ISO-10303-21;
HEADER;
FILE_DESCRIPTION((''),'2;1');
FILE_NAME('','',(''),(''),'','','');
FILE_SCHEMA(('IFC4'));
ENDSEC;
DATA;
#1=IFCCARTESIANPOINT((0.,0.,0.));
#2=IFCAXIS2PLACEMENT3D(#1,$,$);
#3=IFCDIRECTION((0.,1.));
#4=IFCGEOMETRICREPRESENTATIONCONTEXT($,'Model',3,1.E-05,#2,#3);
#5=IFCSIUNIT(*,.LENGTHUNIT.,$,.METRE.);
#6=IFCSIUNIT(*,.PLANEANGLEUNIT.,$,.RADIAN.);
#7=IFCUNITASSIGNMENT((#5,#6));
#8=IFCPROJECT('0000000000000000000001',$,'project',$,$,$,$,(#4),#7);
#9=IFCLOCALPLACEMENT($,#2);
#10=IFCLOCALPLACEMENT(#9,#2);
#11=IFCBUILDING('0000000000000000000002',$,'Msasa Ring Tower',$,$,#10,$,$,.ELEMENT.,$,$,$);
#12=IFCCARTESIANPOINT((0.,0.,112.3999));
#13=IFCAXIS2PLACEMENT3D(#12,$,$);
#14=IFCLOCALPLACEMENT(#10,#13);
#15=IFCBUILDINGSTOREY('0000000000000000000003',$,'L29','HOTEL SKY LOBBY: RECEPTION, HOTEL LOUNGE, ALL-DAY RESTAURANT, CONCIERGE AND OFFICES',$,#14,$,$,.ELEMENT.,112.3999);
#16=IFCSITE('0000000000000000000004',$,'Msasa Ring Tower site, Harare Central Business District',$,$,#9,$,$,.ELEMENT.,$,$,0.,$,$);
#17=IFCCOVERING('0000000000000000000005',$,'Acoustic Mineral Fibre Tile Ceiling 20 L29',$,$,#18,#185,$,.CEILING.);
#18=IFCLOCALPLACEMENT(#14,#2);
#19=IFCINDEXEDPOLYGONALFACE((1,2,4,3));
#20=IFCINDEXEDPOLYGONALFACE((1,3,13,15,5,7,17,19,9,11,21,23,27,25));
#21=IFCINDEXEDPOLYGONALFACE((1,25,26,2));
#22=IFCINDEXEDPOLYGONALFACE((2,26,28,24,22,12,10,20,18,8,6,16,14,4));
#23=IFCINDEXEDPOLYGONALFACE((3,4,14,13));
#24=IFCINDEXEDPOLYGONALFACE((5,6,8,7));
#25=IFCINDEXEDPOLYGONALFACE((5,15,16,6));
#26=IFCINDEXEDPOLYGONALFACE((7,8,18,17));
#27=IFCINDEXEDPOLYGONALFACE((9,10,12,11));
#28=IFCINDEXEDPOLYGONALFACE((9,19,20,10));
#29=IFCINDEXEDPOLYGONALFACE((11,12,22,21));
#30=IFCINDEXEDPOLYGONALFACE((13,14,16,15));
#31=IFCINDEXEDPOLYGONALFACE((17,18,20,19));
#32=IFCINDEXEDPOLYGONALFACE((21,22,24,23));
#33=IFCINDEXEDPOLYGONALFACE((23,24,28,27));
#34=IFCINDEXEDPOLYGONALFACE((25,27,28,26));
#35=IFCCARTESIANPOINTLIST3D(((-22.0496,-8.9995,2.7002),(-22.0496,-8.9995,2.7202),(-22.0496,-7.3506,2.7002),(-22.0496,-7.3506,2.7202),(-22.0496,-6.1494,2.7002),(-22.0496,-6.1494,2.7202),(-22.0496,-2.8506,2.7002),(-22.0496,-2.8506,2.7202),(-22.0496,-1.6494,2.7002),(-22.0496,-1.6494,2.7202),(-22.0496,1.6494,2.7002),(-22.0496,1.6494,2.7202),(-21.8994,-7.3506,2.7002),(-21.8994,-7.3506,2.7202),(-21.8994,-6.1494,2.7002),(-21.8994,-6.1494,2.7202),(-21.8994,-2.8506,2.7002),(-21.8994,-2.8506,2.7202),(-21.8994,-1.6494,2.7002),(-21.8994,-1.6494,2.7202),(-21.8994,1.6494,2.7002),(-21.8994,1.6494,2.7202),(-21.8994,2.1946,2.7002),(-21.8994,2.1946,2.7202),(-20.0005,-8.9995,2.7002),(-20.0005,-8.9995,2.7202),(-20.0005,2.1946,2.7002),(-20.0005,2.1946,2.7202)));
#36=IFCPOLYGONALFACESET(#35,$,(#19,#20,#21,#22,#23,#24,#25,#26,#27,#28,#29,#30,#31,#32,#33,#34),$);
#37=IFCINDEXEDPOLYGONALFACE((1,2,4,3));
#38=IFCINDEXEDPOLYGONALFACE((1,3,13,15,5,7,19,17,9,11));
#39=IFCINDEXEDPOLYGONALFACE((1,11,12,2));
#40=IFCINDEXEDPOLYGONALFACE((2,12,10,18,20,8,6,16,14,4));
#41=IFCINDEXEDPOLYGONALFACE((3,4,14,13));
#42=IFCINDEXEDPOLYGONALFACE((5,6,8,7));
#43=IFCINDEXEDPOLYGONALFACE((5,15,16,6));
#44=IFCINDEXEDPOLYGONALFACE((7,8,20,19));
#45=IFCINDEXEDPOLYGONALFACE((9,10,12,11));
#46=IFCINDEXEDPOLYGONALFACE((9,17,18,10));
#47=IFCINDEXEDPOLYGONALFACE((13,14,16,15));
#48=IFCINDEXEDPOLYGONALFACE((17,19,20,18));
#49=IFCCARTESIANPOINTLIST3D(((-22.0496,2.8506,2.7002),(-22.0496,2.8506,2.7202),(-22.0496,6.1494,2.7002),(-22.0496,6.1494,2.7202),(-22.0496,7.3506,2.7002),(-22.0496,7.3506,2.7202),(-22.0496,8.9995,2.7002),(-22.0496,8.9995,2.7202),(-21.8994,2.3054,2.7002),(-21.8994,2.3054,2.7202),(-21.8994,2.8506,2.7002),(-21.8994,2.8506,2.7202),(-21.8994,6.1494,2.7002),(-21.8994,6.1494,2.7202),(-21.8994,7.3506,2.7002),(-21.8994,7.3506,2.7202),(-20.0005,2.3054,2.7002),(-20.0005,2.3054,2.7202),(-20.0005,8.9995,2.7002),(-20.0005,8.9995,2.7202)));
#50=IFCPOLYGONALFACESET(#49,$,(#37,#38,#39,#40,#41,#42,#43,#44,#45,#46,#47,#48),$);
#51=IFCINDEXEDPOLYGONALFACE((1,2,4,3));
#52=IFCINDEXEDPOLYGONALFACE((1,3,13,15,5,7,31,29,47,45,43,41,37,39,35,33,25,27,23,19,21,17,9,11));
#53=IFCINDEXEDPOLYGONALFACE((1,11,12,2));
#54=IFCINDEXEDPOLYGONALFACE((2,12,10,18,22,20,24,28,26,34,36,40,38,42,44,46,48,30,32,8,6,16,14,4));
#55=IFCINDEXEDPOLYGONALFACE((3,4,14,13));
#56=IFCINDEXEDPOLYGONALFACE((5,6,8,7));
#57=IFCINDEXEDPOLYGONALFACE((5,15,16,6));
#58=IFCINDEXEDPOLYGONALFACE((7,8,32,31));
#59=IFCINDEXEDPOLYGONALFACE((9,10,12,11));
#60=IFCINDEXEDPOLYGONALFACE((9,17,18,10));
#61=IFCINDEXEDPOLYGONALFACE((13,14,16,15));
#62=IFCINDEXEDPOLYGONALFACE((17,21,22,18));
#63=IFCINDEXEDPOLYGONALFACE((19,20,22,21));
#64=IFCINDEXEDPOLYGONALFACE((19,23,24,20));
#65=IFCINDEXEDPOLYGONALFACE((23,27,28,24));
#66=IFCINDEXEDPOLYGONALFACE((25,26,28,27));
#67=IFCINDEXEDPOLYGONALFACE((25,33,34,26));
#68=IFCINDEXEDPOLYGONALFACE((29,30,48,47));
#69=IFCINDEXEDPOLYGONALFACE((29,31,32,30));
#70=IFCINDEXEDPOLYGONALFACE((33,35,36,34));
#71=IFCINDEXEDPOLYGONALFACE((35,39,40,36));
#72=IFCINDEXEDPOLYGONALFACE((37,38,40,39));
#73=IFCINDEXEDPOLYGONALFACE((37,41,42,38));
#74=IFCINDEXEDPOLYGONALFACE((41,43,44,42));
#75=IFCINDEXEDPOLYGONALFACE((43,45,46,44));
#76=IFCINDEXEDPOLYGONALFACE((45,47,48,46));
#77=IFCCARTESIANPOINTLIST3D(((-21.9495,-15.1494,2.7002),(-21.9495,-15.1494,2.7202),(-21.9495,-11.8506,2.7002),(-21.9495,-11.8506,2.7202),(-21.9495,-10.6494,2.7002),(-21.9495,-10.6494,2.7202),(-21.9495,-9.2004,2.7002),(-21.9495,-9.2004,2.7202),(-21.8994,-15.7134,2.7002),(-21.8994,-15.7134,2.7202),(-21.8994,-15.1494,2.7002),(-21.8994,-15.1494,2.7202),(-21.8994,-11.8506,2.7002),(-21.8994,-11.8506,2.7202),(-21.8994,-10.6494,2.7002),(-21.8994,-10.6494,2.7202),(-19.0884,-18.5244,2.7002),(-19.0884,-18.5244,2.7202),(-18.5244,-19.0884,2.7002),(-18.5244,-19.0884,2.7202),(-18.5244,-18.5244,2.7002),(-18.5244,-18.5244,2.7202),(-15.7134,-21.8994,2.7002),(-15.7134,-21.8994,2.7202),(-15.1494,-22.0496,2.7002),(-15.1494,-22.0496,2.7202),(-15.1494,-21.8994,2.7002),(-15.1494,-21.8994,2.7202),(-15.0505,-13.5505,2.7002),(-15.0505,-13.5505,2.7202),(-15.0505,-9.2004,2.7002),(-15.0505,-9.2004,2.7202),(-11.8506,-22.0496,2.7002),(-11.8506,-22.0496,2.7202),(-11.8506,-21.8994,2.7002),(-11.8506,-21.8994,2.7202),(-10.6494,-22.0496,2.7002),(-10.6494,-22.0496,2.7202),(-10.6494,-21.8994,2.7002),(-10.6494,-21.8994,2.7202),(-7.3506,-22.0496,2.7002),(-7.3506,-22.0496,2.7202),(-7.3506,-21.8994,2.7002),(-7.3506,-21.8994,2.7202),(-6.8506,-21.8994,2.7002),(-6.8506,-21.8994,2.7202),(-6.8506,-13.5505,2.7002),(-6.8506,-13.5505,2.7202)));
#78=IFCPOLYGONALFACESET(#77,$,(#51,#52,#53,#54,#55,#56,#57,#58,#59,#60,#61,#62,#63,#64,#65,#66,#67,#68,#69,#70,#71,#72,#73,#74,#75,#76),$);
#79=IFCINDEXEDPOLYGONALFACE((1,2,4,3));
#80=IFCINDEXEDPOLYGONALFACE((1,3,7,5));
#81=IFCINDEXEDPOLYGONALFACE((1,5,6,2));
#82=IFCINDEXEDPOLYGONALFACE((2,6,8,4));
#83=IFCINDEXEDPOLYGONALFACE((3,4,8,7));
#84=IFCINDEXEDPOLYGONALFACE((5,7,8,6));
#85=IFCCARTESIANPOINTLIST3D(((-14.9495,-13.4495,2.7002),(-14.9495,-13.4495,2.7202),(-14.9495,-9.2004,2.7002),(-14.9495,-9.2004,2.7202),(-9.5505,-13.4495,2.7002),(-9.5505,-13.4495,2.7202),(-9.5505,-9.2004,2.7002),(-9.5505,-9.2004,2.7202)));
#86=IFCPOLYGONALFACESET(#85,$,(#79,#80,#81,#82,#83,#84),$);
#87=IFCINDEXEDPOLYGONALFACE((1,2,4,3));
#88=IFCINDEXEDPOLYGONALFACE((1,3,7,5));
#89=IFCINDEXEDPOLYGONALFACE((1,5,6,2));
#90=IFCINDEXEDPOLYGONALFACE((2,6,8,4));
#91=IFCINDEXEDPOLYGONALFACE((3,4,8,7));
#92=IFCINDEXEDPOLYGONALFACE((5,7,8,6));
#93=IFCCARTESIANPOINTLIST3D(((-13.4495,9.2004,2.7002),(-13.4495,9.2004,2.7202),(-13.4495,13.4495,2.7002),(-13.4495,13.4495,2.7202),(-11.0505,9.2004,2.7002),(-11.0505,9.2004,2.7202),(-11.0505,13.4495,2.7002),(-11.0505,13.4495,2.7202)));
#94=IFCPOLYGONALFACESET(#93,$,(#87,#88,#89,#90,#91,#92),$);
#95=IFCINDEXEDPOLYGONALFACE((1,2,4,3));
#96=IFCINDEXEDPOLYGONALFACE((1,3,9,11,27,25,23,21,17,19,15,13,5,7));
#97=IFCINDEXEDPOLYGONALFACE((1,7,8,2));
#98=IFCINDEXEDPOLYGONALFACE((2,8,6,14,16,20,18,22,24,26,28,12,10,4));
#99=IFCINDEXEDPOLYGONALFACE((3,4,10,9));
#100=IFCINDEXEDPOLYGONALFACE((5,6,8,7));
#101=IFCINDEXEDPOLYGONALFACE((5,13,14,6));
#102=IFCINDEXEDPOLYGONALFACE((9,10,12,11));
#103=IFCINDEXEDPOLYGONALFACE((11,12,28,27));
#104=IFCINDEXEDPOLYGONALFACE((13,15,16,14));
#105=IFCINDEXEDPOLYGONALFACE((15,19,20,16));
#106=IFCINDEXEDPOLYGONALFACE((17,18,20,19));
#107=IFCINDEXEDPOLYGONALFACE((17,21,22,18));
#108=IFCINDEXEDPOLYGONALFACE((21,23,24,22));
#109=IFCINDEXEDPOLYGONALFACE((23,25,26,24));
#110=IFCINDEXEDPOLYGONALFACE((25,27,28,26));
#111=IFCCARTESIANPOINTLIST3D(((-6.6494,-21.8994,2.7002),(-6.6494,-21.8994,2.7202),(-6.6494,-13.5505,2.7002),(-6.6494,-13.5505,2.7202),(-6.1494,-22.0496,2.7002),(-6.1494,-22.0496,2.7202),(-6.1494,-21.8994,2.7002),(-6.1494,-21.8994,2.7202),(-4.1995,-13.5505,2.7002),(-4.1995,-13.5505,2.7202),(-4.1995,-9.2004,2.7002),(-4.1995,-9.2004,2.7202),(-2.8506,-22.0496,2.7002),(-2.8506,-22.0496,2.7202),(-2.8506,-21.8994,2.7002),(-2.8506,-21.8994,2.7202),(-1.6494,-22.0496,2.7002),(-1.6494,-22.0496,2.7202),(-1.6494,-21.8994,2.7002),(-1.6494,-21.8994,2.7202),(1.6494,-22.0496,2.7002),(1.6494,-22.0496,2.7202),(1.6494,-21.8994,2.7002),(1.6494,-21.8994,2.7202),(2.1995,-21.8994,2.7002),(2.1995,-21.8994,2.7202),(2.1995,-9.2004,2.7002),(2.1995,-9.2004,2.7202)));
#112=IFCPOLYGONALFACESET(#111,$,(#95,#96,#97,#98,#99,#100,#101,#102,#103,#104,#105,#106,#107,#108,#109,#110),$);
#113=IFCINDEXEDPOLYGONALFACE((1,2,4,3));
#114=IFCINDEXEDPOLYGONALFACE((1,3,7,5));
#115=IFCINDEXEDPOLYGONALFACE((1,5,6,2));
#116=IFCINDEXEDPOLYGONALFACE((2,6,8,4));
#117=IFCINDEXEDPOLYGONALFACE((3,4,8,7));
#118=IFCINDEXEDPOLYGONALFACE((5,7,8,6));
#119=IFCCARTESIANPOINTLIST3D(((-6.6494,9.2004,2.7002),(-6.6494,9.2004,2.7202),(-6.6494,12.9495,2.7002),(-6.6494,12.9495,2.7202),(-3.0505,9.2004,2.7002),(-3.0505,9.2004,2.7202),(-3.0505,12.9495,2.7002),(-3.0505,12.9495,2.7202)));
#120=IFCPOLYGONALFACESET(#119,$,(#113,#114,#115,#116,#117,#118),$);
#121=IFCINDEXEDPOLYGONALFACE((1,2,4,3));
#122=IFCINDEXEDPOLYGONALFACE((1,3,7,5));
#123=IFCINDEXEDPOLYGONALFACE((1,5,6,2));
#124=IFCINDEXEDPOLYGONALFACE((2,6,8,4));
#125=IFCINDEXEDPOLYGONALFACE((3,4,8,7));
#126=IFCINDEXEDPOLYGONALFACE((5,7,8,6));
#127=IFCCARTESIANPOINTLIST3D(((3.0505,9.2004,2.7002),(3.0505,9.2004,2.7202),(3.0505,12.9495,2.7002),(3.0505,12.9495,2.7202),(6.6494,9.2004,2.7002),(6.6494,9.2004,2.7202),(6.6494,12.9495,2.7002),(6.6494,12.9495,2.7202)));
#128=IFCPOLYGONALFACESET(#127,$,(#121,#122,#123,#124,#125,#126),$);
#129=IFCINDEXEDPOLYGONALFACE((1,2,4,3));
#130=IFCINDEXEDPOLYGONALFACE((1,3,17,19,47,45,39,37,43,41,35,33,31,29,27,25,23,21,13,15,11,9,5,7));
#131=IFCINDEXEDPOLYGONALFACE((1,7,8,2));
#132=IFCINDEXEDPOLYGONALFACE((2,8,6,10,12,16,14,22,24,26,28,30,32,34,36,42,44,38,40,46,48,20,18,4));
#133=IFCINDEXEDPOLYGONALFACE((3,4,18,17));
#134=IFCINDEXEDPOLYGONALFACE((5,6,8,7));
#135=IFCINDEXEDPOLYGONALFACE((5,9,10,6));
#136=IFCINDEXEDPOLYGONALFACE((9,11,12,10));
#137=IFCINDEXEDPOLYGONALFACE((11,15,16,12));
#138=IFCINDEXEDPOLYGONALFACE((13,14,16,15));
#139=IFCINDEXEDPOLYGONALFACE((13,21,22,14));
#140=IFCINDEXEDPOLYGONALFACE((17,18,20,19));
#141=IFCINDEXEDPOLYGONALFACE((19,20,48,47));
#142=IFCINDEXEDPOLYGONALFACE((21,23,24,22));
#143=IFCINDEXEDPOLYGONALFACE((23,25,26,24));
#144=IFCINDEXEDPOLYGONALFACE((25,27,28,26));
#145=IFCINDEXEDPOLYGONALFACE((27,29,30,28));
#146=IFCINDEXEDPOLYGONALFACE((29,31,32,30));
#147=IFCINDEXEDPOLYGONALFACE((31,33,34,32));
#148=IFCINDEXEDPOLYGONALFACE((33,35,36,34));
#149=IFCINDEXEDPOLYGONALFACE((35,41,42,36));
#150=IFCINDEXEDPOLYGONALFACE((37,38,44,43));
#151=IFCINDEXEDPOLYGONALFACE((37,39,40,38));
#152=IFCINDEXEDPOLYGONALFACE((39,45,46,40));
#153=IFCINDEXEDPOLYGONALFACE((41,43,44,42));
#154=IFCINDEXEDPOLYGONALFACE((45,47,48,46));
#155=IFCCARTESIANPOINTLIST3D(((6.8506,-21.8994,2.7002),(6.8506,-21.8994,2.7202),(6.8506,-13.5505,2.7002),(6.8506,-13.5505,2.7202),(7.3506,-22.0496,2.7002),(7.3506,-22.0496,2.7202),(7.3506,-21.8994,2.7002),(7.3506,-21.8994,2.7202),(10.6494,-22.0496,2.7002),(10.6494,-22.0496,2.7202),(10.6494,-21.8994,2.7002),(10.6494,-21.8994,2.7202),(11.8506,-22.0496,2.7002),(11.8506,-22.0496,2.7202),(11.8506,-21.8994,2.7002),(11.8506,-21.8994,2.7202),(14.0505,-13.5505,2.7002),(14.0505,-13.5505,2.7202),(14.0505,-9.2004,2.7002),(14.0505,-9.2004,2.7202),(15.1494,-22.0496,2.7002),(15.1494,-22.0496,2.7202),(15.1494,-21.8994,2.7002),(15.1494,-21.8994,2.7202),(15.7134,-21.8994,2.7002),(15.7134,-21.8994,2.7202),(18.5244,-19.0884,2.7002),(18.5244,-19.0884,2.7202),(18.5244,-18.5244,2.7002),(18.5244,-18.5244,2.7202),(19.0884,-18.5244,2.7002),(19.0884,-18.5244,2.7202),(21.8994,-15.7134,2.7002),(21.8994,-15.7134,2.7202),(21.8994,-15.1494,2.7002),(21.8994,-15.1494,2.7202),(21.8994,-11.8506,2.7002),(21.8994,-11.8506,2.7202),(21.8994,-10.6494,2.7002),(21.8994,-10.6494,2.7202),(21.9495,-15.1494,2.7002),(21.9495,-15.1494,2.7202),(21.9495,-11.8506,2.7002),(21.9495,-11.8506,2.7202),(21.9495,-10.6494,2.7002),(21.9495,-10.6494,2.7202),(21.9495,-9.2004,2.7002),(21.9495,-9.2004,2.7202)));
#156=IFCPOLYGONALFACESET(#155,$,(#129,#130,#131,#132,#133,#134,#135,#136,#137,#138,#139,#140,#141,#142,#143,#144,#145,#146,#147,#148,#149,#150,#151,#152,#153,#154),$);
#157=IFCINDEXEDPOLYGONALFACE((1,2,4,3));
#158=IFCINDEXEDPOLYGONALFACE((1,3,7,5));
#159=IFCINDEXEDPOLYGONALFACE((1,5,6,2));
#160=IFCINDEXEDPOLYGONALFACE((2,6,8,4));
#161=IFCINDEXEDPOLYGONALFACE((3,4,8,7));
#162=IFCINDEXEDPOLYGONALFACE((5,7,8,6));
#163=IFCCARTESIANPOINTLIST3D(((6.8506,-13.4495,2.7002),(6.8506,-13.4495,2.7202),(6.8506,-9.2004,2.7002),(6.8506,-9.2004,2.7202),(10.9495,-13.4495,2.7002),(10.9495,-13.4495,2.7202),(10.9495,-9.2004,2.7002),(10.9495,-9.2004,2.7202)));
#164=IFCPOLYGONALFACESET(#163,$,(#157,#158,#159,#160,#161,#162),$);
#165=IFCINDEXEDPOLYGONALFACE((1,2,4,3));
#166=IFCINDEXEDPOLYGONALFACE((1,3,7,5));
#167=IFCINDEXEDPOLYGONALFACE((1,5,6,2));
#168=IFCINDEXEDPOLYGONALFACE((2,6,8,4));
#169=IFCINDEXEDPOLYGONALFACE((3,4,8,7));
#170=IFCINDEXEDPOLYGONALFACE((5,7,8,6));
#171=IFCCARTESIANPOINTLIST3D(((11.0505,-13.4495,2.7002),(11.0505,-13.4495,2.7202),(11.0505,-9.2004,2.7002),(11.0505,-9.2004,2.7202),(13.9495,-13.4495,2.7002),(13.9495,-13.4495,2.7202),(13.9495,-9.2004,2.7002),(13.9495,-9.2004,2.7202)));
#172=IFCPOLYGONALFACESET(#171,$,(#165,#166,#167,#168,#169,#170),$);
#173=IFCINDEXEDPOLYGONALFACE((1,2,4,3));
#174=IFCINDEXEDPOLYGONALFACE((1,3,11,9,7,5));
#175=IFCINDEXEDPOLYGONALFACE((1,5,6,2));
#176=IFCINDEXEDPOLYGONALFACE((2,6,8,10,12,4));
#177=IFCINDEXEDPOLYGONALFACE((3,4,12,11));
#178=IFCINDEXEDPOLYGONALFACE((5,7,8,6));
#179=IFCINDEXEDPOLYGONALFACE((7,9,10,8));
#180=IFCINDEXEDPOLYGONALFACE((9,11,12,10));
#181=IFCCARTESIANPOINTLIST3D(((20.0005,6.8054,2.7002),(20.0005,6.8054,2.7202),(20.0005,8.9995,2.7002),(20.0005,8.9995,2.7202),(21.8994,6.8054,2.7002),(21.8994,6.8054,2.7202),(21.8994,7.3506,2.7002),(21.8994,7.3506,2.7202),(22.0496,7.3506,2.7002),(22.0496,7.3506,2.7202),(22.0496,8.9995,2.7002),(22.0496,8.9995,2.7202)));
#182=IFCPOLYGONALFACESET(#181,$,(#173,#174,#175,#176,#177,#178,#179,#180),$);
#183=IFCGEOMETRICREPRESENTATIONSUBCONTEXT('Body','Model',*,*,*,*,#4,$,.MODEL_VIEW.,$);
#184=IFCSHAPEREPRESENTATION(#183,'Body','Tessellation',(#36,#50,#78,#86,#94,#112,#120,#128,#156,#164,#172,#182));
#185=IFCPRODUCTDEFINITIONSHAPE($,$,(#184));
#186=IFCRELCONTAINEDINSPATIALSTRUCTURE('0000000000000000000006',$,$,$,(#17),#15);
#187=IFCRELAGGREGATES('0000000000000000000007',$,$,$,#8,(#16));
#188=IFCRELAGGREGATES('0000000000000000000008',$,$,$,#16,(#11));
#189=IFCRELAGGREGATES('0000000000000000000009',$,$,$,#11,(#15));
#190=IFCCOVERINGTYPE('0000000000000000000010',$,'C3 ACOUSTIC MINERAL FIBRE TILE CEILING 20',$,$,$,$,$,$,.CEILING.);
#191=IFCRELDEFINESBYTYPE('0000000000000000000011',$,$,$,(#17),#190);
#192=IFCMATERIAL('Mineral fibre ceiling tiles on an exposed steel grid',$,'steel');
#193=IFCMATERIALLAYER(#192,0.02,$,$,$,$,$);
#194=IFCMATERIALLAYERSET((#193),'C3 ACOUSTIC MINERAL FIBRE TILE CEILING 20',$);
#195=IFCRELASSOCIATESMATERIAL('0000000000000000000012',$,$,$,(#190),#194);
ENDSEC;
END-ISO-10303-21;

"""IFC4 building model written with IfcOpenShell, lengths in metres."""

from ifc_helpers import new_model, si_unit, direction, frame, origin, place, context, subcontext, project, spatial, line, indexed_curve, outline, extrude, material, layer, layer_set, type_object, element, save


model = new_model("IFC4")

# Units and contexts
model_context = context("Model", 3, precision=1e-05, world=origin(), true_north=direction((0.0, 1.0)))
body_context = subcontext(model_context, "Body", "Model", "MODEL_VIEW")
ifc_project = project(units=[si_unit("LENGTHUNIT", "METRE"), si_unit("PLANEANGLEUNIT", "RADIAN")], contexts=[model_context])

# Site, building, storey
site_placement = place(None, origin())
site = spatial("IfcSite", under=ifc_project, at=site_placement, Name="Msasa Ring Tower site, Harare Central Business District", CompositionType="ELEMENT", RefElevation=0.0)
building_placement = place(site_placement, origin())
building = spatial("IfcBuilding", under=site, at=building_placement, Name="Msasa Ring Tower", CompositionType="ELEMENT")
storey_placement = place(building_placement, frame((0.0, 0.0, 112.3999)))
storey = spatial("IfcBuildingStorey", under=building, at=storey_placement, Name="L29", Description="HOTEL SKY LOBBY: RECEPTION, HOTEL LOUNGE, ALL-DAY RESTAURANT, CONCIERGE AND OFFICES", CompositionType="ELEMENT", Elevation=112.3999)

# Covering
ifc_material_1 = material(Name="Mineral fibre ceiling tiles on an exposed steel grid", Category="steel")
ifc_layer_1 = layer(ifc_material_1, 0.02)
ifc_layer_set_1 = layer_set([ifc_layer_1], Name="C3 ACOUSTIC MINERAL FIBRE TILE CEILING 20")
covering_type_1 = type_object("IfcCoveringType", Name="C3 ACOUSTIC MINERAL FIBRE TILE CEILING 20", PredefinedType="CEILING", material=ifc_layer_set_1)
covering_1_placement = place(storey_placement, frame((0.0, 0.0, 2.7002)))
element("IfcCovering", 1, at=covering_1_placement, inside=storey, type_object=covering_type_1, Name="Acoustic Mineral Fibre Tile Ceiling 20 L29", PredefinedType="CEILING", context=body_context, shape_type="SweptSolid", body=[
    extrude(outline(indexed_curve([(-20.0005, -8.9995), (-22.0496, -8.9995), (-22.0496, -7.3506), (-21.8994, -7.3506), (-21.8994, -6.1494), (-22.0496, -6.1494), (-22.0496, -2.8506), (-21.8994, -2.8506), (-21.8994, -1.6494), (-22.0496, -1.6494), (-22.0496, 1.6494), (-21.8994, 1.6494), (-21.8994, 2.1946), (-20.0005, 2.1946)], segments=[line(1, 2, 3, 4, 5, 6, 7, 8, 9, 10, 11, 12, 13, 14, 1)], self_intersect=False)), origin(), (0.0, 0.0, 1.0), 0.02),
    extrude(outline(indexed_curve([(-20.0005, 8.9995), (-20.0005, 2.3054), (-21.8994, 2.3054), (-21.8994, 2.8506), (-22.0496, 2.8506), (-22.0496, 6.1494), (-21.8994, 6.1494), (-21.8994, 7.3506), (-22.0496, 7.3506), (-22.0496, 8.9995)], segments=[line(1, 2, 3, 4, 5, 6, 7, 8, 9, 10, 1)], self_intersect=False)), origin(), (0.0, 0.0, 1.0), 0.02),
    extrude(outline(indexed_curve([(-10.6494, -22.0496), (-10.6494, -21.8994), (-11.8506, -21.8994), (-11.8506, -22.0496), (-15.1494, -22.0496), (-15.1494, -21.8994), (-15.7134, -21.8994), (-18.5244, -19.0884), (-18.5244, -18.5244), (-19.0884, -18.5244), (-21.8994, -15.7134), (-21.8994, -15.1494), (-21.9495, -15.1494), (-21.9495, -11.8506), (-21.8994, -11.8506), (-21.8994, -10.6494), (-21.9495, -10.6494), (-21.9495, -9.2004), (-15.0505, -9.2004), (-15.0505, -13.5505), (-6.8506, -13.5505), (-6.8506, -21.8994), (-7.3506, -21.8994), (-7.3506, -22.0496)], segments=[line(1, 2, 3, 4, 5, 6, 7, 8, 9, 10, 11, 12, 13, 14, 15, 16, 17, 18, 19, 20, 21, 22, 23, 24, 1)], self_intersect=False)), origin(), (0.0, 0.0, 1.0), 0.02),
    extrude(outline(indexed_curve([(-14.9495, -9.2004), (-9.5505, -9.2004), (-9.5505, -13.4495), (-14.9495, -13.4495)], segments=[line(1, 2, 3, 4, 1)], self_intersect=False)), origin(), (0.0, 0.0, 1.0), 0.02),
    extrude(outline(indexed_curve([(-13.4495, 13.4495), (-11.0505, 13.4495), (-11.0505, 9.2004), (-13.4495, 9.2004)], segments=[line(1, 2, 3, 4, 1)], self_intersect=False)), origin(), (0.0, 0.0, 1.0), 0.02),
    extrude(outline(indexed_curve([(-4.1995, -13.5505), (-4.1995, -9.2004), (2.1995, -9.2004), (2.1995, -21.8994), (1.6494, -21.8994), (1.6494, -22.0496), (-1.6494, -22.0496), (-1.6494, -21.8994), (-2.8506, -21.8994), (-2.8506, -22.0496), (-6.1494, -22.0496), (-6.1494, -21.8994), (-6.6494, -21.8994), (-6.6494, -13.5505)], segments=[line(1, 2, 3, 4, 5, 6, 7, 8, 9, 10, 11, 12, 13, 14, 1)], self_intersect=False)), origin(), (0.0, 0.0, 1.0), 0.02),
    extrude(outline(indexed_curve([(-3.0505, 12.9495), (-3.0505, 9.2004), (-6.6494, 9.2004), (-6.6494, 12.9495)], segments=[line(1, 2, 3, 4, 1)], self_intersect=False)), origin(), (0.0, 0.0, 1.0), 0.02),
    extrude(outline(indexed_curve([(3.0505, 12.9495), (6.6494, 12.9495), (6.6494, 9.2004), (3.0505, 9.2004)], segments=[line(1, 2, 3, 4, 1)], self_intersect=False)), origin(), (0.0, 0.0, 1.0), 0.02),
    extrude(outline(indexed_curve([(14.0505, -9.2004), (21.9495, -9.2004), (21.9495, -10.6494), (21.8994, -10.6494), (21.8994, -11.8506), (21.9495, -11.8506), (21.9495, -15.1494), (21.8994, -15.1494), (21.8994, -15.7134), (19.0884, -18.5244), (18.5244, -18.5244), (18.5244, -19.0884), (15.7134, -21.8994), (15.1494, -21.8994), (15.1494, -22.0496), (11.8506, -22.0496), (11.8506, -21.8994), (10.6494, -21.8994), (10.6494, -22.0496), (7.3506, -22.0496), (7.3506, -21.8994), (6.8506, -21.8994), (6.8506, -13.5505), (14.0505, -13.5505)], segments=[line(1, 2, 3, 4, 5, 6, 7, 8, 9, 10, 11, 12, 13, 14, 15, 16, 17, 18, 19, 20, 21, 22, 23, 24, 1)], self_intersect=False)), origin(), (0.0, 0.0, 1.0), 0.02),
    extrude(outline(indexed_curve([(10.9495, -9.2004), (10.9495, -13.4495), (6.8506, -13.4495), (6.8506, -9.2004)], segments=[line(1, 2, 3, 4, 1)], self_intersect=False)), origin(), (0.0, 0.0, 1.0), 0.02),
    extrude(outline(indexed_curve([(11.0505, -13.4495), (11.0505, -9.2004), (13.9495, -9.2004), (13.9495, -13.4495)], segments=[line(1, 2, 3, 4, 1)], self_intersect=False)), origin(), (0.0, 0.0, 1.0), 0.02),
    extrude(outline(indexed_curve([(20.0005, 6.8054), (20.0005, 8.9995), (22.0496, 8.9995), (22.0496, 7.3506), (21.8994, 7.3506), (21.8994, 6.8054)], segments=[line(1, 2, 3, 4, 5, 6, 1)], self_intersect=False)), origin(), (0.0, 0.0, 1.0), 0.02),
])

save(model, "model.ifc")
